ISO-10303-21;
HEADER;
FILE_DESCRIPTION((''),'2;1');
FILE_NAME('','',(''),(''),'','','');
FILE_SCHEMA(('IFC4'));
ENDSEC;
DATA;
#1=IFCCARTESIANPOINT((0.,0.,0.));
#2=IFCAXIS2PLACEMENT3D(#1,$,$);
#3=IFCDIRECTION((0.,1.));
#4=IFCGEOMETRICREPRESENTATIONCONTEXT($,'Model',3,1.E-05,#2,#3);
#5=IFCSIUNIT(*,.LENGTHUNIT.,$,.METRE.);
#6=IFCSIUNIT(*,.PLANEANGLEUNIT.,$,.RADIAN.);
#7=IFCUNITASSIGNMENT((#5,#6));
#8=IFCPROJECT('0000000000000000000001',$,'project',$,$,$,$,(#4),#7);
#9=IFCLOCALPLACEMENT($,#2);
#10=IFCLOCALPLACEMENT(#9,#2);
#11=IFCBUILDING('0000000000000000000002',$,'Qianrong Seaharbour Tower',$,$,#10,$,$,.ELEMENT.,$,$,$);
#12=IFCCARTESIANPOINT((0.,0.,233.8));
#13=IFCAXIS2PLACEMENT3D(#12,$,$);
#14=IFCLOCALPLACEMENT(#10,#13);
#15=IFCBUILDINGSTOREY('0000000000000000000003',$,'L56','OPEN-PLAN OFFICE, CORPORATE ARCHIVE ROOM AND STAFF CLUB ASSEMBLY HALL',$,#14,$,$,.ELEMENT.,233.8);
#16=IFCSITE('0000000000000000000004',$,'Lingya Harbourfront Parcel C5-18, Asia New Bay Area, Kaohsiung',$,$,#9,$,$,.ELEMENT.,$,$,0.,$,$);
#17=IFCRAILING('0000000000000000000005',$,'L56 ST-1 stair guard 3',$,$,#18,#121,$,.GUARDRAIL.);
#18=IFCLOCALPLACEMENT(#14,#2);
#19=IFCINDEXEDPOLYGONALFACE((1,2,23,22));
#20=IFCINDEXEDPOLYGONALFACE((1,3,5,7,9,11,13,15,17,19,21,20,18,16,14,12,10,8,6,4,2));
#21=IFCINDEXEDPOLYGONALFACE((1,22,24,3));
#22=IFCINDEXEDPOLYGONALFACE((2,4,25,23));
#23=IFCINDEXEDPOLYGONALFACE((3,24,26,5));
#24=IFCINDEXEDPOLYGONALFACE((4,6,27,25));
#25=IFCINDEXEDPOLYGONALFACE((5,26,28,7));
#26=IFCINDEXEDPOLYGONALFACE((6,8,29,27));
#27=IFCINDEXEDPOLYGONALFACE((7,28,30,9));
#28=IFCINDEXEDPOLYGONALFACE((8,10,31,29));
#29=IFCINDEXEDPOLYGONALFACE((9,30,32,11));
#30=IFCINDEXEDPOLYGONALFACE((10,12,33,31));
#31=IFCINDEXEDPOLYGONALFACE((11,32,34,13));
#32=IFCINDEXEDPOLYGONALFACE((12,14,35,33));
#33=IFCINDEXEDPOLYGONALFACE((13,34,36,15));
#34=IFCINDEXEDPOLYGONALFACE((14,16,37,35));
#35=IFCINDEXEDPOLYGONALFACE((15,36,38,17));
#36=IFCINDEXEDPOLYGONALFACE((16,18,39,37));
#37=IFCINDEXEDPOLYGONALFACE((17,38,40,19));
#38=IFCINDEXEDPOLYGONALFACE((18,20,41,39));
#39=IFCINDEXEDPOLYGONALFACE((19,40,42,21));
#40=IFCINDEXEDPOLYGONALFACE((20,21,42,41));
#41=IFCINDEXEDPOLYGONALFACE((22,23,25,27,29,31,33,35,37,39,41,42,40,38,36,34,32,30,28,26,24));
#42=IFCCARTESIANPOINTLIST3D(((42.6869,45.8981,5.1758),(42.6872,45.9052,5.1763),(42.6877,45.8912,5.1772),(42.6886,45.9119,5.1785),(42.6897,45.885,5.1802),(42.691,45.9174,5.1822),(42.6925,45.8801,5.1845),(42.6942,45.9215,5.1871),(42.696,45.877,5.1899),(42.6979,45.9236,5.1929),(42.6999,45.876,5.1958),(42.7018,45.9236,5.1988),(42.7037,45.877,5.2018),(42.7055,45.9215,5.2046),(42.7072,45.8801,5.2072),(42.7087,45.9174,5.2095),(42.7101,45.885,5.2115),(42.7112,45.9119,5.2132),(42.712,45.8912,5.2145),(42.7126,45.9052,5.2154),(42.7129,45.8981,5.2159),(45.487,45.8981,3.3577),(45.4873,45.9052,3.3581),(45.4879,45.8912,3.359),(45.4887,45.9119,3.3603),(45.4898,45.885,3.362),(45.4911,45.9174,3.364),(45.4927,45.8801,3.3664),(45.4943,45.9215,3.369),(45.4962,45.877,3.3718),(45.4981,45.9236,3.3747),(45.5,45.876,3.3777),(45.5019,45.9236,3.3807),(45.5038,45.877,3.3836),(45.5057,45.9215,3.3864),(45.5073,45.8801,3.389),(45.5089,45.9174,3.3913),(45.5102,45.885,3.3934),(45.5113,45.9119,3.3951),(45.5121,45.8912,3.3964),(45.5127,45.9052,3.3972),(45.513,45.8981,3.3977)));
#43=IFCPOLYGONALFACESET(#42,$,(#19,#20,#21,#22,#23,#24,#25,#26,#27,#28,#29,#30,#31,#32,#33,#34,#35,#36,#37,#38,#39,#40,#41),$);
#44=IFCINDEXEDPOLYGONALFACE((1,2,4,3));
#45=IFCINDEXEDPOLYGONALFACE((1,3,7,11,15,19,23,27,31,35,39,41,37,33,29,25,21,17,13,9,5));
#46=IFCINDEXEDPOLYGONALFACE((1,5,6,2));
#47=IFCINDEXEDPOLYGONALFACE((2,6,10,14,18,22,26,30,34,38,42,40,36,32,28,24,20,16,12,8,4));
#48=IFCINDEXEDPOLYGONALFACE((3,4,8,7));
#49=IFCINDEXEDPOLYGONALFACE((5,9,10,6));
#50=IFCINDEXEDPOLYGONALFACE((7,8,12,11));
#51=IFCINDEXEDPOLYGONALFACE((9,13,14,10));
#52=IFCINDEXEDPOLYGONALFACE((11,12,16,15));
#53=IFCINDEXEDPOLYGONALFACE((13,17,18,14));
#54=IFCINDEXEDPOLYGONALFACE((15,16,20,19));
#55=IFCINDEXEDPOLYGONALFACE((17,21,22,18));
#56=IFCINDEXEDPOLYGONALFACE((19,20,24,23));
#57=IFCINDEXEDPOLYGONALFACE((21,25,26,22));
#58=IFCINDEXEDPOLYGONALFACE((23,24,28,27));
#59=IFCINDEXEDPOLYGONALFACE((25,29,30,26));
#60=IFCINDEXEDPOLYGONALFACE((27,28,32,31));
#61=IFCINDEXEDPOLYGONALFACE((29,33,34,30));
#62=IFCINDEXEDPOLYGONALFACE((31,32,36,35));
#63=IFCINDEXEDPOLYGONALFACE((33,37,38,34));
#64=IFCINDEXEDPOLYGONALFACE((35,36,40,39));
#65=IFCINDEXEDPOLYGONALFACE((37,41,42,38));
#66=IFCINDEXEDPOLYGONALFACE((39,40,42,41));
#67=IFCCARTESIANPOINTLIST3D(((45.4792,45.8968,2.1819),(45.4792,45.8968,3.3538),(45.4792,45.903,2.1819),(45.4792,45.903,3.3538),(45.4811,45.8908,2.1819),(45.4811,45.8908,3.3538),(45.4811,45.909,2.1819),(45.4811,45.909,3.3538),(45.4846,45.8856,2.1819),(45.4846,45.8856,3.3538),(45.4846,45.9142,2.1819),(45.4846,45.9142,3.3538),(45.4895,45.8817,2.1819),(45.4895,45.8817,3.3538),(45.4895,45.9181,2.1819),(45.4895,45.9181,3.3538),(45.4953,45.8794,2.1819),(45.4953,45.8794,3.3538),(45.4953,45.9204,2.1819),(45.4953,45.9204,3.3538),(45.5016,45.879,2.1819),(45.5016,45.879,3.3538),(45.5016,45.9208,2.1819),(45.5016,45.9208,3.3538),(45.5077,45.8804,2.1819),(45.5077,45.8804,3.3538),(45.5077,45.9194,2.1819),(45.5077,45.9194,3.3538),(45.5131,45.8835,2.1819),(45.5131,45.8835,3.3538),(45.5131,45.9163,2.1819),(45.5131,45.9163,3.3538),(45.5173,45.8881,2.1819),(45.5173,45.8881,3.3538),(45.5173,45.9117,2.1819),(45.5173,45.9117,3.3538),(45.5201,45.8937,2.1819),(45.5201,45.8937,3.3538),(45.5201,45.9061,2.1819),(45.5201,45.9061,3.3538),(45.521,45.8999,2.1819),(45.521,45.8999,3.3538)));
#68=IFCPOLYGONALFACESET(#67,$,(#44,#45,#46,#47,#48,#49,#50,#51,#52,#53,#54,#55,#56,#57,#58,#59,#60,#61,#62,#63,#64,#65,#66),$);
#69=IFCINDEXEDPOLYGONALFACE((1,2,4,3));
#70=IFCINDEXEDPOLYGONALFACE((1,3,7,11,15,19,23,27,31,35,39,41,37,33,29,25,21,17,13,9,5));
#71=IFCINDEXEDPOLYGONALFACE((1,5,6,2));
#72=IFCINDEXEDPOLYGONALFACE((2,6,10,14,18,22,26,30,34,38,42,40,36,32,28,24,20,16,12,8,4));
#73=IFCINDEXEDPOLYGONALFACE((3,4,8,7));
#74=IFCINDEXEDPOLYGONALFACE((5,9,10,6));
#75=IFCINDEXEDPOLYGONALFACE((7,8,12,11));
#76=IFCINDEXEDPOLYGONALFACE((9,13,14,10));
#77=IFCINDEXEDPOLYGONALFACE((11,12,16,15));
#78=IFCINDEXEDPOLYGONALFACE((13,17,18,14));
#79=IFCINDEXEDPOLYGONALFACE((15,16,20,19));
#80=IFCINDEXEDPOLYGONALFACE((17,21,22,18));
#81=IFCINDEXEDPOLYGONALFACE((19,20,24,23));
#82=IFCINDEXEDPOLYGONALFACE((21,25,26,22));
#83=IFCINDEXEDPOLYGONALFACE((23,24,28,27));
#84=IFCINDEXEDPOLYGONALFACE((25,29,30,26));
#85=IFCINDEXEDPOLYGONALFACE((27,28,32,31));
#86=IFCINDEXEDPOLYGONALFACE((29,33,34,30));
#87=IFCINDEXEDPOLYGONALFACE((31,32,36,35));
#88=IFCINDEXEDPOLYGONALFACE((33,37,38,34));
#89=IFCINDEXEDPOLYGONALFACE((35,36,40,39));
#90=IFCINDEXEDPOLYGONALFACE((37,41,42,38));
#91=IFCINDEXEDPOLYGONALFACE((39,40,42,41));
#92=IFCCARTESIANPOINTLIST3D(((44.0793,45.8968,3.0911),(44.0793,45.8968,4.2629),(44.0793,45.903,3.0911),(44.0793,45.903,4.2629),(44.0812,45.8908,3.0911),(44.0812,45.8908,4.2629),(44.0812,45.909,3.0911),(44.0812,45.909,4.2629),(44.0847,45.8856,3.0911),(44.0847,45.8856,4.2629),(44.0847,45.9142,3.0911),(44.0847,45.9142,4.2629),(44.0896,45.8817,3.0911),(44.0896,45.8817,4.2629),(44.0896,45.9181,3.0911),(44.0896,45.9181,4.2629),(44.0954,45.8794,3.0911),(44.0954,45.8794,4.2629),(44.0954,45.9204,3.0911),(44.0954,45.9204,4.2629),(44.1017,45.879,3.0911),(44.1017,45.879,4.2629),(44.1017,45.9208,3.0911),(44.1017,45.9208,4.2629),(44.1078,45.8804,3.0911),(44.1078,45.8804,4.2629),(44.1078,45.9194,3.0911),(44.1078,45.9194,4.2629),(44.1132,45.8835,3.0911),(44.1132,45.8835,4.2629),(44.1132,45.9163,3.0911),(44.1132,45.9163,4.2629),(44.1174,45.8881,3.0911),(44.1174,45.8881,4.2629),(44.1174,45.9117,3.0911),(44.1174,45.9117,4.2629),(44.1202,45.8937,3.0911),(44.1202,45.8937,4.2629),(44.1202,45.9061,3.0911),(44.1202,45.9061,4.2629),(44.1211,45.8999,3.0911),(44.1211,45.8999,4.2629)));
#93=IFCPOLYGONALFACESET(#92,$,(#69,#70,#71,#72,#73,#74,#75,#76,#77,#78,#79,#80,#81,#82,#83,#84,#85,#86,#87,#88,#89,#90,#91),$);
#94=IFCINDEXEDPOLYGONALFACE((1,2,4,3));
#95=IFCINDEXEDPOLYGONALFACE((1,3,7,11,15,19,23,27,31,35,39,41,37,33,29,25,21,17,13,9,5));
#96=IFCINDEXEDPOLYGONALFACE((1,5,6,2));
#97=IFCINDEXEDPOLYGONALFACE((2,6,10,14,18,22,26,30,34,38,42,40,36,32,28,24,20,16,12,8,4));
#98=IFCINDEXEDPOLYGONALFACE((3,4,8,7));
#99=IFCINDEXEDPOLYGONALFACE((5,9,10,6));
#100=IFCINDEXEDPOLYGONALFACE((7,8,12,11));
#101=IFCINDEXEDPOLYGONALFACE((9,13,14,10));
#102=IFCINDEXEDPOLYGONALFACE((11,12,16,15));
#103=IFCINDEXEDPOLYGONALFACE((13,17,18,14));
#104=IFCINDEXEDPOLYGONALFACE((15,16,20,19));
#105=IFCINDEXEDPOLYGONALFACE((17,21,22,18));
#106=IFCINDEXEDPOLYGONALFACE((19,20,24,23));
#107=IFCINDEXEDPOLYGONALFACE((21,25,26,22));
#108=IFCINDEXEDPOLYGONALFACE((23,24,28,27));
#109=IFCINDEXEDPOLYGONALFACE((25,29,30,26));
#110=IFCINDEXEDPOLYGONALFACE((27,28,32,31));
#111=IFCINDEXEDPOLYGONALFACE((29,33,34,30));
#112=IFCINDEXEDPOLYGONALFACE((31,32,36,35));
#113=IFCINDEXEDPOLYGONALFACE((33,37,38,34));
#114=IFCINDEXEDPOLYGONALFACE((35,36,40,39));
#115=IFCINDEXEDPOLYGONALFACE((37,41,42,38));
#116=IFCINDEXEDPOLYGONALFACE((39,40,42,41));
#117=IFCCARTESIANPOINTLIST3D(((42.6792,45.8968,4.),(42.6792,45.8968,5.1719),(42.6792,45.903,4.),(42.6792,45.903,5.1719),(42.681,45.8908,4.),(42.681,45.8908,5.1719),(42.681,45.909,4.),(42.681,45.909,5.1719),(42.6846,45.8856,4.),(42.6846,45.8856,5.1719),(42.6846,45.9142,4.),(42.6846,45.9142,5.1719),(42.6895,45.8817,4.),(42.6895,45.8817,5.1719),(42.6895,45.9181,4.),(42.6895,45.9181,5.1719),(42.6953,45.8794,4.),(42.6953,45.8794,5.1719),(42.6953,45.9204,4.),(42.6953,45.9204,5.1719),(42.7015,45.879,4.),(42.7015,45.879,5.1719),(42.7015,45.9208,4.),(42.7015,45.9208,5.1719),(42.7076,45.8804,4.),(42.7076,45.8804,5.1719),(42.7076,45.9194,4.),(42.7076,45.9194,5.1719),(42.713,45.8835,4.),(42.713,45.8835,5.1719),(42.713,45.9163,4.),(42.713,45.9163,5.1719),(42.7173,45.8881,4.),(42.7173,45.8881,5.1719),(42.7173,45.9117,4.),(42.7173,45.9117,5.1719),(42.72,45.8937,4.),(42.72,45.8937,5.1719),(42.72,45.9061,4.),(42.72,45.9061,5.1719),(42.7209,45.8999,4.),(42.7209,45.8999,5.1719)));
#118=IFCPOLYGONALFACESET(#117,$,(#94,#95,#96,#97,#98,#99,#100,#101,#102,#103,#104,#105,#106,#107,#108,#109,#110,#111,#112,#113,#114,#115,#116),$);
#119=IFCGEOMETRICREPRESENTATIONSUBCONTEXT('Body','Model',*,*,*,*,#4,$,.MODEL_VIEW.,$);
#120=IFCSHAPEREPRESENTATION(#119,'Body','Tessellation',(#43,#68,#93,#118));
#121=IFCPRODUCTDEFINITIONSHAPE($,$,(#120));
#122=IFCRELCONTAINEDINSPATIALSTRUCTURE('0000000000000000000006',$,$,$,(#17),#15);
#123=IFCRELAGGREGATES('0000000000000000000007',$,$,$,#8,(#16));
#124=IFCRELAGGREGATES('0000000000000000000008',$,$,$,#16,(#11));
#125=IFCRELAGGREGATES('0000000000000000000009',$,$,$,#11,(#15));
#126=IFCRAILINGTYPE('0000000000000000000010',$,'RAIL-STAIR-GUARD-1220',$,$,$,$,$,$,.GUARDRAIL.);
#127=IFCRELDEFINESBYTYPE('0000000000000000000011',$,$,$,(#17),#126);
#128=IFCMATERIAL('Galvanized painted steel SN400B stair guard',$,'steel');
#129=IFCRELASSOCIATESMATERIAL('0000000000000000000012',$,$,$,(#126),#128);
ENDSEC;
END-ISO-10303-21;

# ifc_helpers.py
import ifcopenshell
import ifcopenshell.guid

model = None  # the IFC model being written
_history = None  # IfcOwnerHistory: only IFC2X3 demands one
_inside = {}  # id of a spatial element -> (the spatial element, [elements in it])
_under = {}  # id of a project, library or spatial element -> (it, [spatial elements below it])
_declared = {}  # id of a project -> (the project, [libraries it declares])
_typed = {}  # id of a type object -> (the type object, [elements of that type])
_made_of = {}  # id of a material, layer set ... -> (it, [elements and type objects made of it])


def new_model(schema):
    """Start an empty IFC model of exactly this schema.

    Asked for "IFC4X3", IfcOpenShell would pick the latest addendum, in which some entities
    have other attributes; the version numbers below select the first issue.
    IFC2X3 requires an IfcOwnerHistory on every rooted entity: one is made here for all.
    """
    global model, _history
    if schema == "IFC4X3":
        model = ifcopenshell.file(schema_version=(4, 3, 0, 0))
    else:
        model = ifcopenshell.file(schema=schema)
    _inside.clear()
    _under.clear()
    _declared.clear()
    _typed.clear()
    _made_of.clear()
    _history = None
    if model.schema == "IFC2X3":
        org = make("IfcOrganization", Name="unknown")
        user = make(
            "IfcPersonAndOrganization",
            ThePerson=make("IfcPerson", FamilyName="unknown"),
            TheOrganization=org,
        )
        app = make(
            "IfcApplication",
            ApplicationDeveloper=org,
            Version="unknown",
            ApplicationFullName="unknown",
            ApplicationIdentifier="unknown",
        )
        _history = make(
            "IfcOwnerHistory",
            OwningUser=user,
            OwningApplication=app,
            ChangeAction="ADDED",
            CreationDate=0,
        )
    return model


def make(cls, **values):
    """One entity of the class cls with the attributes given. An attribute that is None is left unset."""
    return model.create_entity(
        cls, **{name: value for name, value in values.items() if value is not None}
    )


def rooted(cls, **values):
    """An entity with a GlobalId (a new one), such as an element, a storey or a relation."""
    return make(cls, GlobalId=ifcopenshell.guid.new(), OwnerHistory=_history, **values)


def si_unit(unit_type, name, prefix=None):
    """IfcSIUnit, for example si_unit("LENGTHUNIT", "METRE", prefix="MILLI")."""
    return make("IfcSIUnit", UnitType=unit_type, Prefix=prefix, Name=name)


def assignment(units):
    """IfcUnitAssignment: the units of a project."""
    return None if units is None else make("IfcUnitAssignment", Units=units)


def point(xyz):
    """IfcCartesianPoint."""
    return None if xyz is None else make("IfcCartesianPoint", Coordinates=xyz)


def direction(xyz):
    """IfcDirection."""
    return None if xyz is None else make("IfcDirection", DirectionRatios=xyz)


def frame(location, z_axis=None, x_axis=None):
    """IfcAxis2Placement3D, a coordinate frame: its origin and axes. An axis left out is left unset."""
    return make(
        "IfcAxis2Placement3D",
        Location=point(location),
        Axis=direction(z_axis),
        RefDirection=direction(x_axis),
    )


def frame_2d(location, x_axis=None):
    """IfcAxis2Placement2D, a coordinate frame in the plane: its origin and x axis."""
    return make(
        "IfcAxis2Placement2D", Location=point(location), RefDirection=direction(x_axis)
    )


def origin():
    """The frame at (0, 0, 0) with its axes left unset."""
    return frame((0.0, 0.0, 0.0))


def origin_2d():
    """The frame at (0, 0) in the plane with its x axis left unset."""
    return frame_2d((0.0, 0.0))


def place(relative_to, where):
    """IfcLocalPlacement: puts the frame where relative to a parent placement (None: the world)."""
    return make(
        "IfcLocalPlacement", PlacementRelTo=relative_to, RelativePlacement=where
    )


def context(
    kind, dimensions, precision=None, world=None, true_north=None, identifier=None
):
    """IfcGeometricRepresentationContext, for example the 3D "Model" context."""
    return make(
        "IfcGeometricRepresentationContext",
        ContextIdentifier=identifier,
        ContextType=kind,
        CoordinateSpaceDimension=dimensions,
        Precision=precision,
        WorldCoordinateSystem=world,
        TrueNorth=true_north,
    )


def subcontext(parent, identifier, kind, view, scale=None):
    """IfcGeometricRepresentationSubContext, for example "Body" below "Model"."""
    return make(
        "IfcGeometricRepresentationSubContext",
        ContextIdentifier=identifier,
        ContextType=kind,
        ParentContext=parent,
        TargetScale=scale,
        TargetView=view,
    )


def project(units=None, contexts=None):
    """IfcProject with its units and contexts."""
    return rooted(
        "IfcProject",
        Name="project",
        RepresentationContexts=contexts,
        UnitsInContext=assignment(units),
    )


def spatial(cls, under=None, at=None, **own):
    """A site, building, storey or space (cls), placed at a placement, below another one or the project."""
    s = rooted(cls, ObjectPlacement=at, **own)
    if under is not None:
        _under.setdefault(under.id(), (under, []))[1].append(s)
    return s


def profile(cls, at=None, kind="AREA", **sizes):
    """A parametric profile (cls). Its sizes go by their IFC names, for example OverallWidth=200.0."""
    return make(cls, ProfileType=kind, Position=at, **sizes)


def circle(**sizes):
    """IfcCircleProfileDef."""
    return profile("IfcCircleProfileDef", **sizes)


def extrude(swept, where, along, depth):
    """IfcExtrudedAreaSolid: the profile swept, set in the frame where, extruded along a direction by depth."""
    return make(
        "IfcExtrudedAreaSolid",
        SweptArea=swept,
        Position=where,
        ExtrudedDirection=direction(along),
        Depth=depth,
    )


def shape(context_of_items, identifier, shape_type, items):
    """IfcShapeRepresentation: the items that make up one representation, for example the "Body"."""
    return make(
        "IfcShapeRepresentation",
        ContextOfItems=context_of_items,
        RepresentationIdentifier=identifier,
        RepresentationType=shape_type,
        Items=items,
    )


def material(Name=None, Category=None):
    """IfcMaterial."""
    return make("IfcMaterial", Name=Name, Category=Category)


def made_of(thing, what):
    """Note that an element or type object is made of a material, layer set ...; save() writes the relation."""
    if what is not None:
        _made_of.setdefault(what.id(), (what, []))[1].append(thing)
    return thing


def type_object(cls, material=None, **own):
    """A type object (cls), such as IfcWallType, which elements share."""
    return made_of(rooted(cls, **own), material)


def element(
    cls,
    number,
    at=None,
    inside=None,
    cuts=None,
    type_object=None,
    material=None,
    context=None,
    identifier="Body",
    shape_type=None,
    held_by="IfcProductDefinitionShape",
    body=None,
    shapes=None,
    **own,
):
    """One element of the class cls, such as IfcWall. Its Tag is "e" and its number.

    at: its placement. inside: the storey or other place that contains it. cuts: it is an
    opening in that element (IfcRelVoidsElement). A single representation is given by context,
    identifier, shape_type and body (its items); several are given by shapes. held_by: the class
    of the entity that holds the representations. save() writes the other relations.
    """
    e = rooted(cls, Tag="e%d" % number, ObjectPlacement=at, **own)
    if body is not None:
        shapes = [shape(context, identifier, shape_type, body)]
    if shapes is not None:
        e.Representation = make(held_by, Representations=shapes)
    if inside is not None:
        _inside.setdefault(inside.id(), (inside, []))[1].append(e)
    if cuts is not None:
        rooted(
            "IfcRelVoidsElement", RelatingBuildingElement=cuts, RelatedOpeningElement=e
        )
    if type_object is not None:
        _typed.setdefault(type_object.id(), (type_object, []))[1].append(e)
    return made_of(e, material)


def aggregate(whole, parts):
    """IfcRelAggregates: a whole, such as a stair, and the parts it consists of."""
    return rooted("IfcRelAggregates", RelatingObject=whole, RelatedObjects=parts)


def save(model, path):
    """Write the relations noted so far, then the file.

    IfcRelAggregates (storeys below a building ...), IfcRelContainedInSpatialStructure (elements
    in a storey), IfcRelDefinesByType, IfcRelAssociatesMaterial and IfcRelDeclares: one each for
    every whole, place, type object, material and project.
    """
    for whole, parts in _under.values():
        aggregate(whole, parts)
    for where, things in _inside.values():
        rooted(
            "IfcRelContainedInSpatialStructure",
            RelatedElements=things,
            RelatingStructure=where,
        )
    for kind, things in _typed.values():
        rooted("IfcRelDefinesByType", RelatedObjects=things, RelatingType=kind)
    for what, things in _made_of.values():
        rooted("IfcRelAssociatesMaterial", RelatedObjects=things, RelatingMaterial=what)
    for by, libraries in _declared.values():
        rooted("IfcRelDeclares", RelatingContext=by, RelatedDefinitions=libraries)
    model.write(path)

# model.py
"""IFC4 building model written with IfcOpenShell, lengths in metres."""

from ifc_helpers import new_model, si_unit, direction, frame, origin, origin_2d, place, context, subcontext, project, spatial, circle, extrude, material, type_object, element, save


model = new_model("IFC4")

# Units and contexts
model_context = context("Model", 3, precision=1e-05, world=origin(), true_north=direction((0.0, 1.0)))
body_context = subcontext(model_context, "Body", "Model", "MODEL_VIEW")
ifc_project = project(units=[si_unit("LENGTHUNIT", "METRE"), si_unit("PLANEANGLEUNIT", "RADIAN")], contexts=[model_context])

# Site, building, storey
site_placement = place(None, origin())
site = spatial("IfcSite", under=ifc_project, at=site_placement, Name="Lingya Harbourfront Parcel C5-18, Asia New Bay Area, Kaohsiung", CompositionType="ELEMENT", RefElevation=0.0)
building_placement = place(site_placement, origin())
building = spatial("IfcBuilding", under=site, at=building_placement, Name="Qianrong Seaharbour Tower", CompositionType="ELEMENT")
storey_placement = place(building_placement, frame((0.0, 0.0, 233.8)))
storey = spatial("IfcBuildingStorey", under=building, at=storey_placement, Name="L56", Description="OPEN-PLAN OFFICE, CORPORATE ARCHIVE ROOM AND STAFF CLUB ASSEMBLY HALL", CompositionType="ELEMENT", Elevation=233.8)

# Railing
ifc_material_1 = material(Name="Galvanized painted steel SN400B stair guard", Category="steel")
railing_type_1 = type_object("IfcRailingType", Name="RAIL-STAIR-GUARD-1220", PredefinedType="GUARDRAIL", material=ifc_material_1)
railing_1_placement = place(storey_placement, frame((45.5, 45.8999, 2.1819)))
element("IfcRailing", 1, at=railing_1_placement, inside=storey, type_object=railing_type_1, Name="L56 ST-1 stair guard 3", PredefinedType="GUARDRAIL", context=body_context, shape_type="SweptSolid", body=[
    extrude(circle(Radius=0.0239, at=origin_2d()), frame((0.0, 0.0, 1.1958), z_axis=(-0.838706, 0.0, 0.544585), x_axis=(0.0, -1.0, 0.0)), (0.0, 0.0, 1.0), 3.3386),
    extrude(circle(Radius=0.021, at=origin_2d()), origin(), (0.0, 0.0, 1.0), 1.1719),
    extrude(circle(Radius=0.021, at=origin_2d()), frame((-1.3999, 0.0, 0.9092)), (0.0, 0.0, 1.0), 1.1719),
    extrude(circle(Radius=0.021, at=origin_2d()), frame((-2.8, 0.0, 1.8181)), (0.0, 0.0, 1.0), 1.1719),
])

save(model, "model.ifc")
